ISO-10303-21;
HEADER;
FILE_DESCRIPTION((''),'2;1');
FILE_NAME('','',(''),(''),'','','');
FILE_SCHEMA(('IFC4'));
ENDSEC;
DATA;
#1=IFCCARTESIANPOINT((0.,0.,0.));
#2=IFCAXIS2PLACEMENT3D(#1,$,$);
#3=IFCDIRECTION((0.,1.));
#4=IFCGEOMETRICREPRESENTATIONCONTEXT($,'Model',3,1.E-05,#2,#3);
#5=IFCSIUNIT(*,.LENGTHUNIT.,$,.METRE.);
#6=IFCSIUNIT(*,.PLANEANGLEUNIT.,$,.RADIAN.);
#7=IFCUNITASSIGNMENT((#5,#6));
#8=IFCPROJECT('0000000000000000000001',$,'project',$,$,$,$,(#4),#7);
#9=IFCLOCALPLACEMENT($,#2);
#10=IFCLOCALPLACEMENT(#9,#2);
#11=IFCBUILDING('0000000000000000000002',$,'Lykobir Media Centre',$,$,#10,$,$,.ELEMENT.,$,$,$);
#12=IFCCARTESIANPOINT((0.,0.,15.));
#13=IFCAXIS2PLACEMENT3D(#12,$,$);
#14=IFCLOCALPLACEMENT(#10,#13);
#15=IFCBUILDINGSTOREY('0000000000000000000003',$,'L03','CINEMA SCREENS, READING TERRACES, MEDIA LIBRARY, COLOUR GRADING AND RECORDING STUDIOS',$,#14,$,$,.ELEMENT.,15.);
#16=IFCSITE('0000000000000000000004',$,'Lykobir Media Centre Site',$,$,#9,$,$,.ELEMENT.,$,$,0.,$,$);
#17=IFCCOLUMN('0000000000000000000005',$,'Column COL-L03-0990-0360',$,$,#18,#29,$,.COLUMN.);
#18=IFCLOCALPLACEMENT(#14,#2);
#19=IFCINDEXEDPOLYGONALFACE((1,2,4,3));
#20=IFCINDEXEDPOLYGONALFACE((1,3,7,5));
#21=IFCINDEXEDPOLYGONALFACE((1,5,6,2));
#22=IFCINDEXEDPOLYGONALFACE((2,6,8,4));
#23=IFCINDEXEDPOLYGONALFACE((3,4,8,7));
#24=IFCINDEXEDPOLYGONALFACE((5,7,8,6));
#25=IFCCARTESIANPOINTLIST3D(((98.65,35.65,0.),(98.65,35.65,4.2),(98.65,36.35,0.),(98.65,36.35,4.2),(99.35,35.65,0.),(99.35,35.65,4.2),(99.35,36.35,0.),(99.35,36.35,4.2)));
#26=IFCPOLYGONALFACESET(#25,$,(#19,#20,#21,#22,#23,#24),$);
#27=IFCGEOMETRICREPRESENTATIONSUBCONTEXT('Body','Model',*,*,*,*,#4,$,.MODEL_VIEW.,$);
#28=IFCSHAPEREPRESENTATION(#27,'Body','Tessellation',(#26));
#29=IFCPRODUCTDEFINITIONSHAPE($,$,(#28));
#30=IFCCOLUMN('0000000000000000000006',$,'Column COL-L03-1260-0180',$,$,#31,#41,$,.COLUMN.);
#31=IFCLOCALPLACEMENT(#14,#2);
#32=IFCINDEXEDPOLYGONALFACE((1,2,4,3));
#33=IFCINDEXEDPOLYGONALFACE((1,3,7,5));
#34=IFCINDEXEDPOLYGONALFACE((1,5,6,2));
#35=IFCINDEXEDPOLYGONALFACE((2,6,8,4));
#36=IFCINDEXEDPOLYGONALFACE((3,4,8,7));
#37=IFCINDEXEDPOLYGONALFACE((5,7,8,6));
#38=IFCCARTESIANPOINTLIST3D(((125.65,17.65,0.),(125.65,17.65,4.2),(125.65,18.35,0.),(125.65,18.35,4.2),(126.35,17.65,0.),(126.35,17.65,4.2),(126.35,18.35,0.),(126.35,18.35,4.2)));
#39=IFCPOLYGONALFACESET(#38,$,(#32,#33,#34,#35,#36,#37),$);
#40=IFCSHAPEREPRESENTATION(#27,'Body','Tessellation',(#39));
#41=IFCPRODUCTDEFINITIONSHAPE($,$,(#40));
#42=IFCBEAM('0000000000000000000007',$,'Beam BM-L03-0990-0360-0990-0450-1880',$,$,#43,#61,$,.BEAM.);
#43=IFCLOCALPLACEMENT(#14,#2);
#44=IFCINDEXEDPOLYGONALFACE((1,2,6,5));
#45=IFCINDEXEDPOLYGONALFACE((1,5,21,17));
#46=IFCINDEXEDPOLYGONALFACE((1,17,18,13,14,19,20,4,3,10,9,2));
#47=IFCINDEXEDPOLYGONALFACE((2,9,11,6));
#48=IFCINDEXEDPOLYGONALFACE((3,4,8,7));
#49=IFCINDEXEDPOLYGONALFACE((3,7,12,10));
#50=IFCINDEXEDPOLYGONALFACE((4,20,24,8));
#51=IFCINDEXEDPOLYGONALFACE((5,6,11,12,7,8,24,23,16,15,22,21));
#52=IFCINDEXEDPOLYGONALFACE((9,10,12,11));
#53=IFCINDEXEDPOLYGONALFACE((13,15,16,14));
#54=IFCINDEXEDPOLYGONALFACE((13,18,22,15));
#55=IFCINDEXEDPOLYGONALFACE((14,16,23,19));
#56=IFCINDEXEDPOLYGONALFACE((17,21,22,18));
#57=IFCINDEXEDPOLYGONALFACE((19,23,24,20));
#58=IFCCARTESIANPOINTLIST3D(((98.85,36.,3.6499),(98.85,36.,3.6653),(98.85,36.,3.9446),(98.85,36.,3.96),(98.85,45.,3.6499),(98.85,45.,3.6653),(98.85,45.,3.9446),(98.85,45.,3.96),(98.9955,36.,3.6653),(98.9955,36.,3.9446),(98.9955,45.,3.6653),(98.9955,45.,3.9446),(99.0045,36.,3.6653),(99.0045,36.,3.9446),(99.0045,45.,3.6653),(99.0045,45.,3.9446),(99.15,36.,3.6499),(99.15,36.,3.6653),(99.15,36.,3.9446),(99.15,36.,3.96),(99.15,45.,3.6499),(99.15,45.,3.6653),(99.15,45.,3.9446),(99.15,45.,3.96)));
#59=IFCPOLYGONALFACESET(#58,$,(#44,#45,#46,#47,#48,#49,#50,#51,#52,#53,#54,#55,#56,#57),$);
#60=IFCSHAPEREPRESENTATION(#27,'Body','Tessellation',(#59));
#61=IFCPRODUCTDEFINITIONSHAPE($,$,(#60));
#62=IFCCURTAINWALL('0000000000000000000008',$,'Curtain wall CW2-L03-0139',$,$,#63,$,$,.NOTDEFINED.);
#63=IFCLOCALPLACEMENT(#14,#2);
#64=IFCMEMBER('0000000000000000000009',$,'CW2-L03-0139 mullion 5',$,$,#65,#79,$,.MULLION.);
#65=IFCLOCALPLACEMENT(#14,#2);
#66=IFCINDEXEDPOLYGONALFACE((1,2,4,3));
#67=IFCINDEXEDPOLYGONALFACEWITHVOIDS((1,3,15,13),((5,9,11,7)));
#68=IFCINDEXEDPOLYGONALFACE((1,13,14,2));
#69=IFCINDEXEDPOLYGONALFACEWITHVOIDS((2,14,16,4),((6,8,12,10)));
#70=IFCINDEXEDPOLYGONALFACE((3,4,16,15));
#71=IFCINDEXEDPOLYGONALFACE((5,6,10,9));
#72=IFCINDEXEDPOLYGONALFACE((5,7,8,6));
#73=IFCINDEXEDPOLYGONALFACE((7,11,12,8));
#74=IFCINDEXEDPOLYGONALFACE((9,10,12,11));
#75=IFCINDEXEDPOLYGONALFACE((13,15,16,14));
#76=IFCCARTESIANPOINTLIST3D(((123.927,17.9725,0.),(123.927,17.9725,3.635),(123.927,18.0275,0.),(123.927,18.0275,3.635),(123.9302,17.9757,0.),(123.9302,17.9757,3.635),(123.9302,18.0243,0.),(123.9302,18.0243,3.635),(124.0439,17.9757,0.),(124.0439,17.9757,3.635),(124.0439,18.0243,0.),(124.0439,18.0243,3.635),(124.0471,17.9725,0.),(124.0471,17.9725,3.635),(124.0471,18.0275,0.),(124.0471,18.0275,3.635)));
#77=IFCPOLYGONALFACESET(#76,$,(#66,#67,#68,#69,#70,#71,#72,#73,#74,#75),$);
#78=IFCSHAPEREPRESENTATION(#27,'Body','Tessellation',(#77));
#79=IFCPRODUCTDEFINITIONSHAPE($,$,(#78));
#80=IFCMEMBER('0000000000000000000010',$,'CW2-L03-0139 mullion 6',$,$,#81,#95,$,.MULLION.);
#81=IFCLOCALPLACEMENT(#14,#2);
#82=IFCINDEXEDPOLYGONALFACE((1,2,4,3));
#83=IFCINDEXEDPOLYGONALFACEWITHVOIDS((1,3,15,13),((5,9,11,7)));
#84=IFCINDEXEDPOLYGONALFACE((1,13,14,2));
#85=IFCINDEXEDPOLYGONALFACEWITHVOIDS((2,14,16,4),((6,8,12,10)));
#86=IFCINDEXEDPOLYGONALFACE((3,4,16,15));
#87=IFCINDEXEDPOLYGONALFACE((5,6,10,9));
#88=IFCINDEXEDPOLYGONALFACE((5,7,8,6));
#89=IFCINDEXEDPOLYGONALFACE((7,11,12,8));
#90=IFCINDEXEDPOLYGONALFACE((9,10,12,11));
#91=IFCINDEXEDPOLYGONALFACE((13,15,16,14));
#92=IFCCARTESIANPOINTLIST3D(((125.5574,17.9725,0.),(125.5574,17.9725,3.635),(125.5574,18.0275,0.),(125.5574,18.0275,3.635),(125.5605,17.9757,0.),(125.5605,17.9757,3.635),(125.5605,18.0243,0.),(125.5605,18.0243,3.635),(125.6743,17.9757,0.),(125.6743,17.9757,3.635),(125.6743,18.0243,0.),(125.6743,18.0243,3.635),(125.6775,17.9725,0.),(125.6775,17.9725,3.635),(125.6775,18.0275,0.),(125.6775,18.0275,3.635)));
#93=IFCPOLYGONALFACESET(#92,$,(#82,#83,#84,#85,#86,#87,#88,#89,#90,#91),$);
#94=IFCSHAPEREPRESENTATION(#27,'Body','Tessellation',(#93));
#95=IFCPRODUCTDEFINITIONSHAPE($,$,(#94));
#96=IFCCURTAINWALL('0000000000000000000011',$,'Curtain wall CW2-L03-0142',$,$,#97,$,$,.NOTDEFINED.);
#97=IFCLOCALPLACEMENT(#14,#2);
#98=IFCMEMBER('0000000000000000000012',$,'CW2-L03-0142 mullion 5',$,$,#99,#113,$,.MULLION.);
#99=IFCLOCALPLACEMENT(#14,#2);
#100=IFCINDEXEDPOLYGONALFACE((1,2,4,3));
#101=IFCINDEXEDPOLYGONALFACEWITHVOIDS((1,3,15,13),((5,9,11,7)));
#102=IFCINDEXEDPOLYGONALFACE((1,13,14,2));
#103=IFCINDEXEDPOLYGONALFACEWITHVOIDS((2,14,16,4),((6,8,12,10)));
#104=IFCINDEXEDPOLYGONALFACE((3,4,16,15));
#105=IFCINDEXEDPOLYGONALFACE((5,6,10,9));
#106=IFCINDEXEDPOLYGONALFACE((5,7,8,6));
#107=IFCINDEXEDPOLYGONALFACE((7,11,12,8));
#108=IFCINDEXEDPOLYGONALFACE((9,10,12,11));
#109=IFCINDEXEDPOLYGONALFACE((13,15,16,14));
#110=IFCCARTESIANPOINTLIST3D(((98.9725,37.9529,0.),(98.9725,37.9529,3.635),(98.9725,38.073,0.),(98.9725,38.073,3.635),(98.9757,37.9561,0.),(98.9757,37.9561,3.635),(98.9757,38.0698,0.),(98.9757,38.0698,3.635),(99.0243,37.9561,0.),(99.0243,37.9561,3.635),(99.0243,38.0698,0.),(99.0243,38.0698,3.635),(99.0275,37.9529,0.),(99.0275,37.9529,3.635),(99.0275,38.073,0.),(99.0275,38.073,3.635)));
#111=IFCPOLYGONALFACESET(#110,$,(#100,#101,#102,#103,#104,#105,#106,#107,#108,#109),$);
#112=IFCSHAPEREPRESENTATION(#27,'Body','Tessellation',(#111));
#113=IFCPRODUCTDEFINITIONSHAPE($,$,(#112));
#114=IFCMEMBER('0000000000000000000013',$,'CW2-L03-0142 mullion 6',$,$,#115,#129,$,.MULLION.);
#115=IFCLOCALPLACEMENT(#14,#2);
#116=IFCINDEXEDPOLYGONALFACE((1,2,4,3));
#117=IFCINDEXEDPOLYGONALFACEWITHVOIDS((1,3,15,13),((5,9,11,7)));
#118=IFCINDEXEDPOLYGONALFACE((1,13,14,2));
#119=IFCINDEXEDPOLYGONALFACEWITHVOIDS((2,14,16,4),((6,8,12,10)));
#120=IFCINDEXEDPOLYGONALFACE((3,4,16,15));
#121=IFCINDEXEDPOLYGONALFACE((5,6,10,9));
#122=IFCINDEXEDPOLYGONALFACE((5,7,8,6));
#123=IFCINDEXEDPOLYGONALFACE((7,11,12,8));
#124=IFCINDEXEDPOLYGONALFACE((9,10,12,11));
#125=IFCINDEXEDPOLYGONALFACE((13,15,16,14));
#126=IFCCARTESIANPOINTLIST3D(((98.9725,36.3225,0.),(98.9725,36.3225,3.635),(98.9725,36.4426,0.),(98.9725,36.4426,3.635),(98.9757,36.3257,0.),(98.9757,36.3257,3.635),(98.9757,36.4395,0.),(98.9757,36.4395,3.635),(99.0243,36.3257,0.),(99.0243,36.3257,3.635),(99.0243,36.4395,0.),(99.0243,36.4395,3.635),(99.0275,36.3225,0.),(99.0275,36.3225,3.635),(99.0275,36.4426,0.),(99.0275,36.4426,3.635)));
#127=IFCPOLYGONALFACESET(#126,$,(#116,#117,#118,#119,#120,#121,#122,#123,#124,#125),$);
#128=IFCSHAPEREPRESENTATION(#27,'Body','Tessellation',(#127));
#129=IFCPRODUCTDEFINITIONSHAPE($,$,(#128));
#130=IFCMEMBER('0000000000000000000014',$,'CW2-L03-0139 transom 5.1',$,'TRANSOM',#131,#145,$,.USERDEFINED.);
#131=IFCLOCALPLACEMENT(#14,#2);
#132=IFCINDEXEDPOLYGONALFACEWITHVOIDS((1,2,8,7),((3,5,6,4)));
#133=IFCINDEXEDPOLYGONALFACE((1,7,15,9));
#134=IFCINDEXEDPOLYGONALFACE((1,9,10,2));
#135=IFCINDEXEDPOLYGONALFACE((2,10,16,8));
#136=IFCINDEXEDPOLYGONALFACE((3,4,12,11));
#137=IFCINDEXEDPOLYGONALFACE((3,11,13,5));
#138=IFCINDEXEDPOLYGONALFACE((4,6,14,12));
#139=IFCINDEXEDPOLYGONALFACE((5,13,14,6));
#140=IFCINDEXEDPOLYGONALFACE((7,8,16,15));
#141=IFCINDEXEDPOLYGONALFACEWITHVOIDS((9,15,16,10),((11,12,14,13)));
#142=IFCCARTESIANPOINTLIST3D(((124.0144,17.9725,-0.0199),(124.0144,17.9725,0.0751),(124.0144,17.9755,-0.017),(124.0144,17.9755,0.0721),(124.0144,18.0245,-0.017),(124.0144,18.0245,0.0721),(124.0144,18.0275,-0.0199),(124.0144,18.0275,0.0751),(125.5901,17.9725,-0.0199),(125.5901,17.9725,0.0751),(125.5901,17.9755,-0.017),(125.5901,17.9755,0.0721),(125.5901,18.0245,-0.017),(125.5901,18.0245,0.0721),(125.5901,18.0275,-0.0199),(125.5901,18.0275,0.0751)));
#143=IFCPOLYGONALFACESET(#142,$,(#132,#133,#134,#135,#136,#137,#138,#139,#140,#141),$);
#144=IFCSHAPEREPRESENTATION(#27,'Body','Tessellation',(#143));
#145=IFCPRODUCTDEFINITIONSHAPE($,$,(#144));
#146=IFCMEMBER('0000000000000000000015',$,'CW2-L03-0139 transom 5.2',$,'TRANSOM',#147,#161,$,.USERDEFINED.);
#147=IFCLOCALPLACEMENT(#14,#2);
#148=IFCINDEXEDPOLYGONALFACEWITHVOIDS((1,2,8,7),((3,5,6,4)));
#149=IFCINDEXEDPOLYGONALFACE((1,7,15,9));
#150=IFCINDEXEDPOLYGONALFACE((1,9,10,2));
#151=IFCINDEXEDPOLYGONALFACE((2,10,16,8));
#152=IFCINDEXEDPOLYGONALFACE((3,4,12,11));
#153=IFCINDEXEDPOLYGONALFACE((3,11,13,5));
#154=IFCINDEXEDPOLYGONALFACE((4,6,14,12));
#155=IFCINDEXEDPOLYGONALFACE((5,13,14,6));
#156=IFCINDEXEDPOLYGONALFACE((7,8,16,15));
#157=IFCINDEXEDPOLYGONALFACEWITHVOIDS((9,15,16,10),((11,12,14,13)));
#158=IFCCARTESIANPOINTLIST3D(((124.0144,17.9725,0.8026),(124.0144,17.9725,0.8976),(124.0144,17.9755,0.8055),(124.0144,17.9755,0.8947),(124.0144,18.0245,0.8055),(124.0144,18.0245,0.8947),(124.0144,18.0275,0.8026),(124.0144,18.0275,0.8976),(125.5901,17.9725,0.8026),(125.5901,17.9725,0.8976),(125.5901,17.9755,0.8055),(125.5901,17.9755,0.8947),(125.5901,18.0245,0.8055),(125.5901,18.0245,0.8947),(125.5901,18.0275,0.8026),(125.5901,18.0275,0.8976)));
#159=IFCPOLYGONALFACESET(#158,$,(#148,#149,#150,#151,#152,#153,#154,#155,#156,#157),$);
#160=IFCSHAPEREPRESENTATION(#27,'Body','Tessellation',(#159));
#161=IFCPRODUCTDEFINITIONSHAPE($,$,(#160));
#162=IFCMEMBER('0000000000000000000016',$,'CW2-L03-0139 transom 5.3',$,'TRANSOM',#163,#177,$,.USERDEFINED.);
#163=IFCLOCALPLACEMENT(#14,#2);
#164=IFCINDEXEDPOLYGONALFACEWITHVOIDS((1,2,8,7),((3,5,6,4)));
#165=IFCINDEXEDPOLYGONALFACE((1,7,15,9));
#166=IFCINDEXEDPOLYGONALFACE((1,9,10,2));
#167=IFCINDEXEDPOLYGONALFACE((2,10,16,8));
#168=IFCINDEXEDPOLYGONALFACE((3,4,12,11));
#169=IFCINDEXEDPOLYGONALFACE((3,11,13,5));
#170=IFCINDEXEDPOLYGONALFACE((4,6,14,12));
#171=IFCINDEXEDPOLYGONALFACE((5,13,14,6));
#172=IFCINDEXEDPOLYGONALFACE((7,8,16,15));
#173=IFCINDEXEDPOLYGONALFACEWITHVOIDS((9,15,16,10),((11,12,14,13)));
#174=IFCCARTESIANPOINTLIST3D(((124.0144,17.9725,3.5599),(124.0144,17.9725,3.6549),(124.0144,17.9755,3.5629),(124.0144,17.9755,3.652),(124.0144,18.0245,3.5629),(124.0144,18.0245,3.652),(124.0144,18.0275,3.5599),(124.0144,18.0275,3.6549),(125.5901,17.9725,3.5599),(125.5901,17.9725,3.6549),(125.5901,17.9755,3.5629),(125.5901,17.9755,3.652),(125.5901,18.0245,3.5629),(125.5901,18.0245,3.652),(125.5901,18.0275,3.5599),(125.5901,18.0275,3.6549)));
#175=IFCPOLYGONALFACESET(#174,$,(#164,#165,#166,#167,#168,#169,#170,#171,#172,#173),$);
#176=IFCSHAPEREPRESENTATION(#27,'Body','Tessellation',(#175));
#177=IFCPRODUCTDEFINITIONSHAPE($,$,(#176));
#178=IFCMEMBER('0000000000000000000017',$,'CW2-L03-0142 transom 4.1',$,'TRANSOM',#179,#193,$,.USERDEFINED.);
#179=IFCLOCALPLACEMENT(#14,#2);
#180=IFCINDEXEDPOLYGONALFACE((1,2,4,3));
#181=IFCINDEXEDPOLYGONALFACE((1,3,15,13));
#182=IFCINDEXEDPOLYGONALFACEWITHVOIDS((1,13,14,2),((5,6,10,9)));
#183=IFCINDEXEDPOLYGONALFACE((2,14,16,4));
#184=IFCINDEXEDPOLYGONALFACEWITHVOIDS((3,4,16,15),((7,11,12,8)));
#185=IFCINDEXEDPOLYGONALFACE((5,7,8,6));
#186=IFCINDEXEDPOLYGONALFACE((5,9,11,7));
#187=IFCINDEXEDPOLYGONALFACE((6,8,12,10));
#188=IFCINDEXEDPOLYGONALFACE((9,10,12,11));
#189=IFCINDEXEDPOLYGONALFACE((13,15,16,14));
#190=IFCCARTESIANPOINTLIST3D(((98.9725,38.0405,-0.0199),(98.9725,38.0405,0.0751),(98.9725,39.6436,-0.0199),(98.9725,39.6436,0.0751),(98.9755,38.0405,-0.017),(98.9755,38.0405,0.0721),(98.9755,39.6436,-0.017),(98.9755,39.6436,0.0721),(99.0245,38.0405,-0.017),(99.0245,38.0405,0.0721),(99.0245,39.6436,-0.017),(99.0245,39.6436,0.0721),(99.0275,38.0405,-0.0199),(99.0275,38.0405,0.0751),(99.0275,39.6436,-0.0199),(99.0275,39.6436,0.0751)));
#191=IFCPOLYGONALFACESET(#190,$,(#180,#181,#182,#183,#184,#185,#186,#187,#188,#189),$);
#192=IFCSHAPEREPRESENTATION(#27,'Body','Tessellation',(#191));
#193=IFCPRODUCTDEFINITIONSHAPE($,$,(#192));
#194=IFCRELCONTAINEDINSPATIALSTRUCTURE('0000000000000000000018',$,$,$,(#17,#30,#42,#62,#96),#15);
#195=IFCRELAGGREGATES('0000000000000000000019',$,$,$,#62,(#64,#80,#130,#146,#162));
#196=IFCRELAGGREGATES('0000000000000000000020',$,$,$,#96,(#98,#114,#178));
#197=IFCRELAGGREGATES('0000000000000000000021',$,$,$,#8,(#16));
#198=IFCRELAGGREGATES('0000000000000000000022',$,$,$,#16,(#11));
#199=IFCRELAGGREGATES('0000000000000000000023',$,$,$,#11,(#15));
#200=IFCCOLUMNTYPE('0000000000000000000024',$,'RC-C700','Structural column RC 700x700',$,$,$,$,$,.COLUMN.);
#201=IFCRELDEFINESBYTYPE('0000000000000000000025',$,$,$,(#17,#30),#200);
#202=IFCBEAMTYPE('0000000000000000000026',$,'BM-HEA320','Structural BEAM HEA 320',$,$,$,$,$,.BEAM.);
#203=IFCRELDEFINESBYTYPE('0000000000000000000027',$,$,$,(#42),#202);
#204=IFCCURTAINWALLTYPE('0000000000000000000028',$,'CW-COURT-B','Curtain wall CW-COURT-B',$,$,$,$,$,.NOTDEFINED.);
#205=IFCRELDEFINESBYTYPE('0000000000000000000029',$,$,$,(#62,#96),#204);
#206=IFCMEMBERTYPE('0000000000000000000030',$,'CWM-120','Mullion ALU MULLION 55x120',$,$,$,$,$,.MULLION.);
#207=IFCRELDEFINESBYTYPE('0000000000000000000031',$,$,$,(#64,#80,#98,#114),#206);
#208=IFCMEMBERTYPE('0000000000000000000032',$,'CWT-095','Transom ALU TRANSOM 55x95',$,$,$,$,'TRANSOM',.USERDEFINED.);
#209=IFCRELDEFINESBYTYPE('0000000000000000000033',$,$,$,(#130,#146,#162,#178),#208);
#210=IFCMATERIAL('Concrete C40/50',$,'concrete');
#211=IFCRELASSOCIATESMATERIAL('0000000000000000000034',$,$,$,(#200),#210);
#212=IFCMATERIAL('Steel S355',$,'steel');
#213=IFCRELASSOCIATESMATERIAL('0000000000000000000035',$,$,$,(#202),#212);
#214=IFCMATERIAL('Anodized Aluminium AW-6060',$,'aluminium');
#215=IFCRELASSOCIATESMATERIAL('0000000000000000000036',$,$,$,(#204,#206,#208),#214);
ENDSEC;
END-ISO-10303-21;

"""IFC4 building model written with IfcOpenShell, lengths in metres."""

from ifc_helpers import new_model, si_unit, direction, frame, origin, origin_2d, place, context, subcontext, project, spatial, rectangle, hollow_rectangle, i_section, extrude, material, material_profile, profile_set, type_object, element, aggregate, save


model = new_model("IFC4")

# Units and contexts
model_context = context("Model", 3, precision=1e-05, world=origin(), true_north=direction((0.0, 1.0)))
body_context = subcontext(model_context, "Body", "Model", "MODEL_VIEW")
ifc_project = project(units=[si_unit("LENGTHUNIT", "METRE"), si_unit("PLANEANGLEUNIT", "RADIAN")], contexts=[model_context])

# Site, building, storey
site_placement = place(None, origin())
site = spatial("IfcSite", under=ifc_project, at=site_placement, Name="Lykobir Media Centre Site", CompositionType="ELEMENT", RefElevation=0.0)
building_placement = place(site_placement, origin())
building = spatial("IfcBuilding", under=site, at=building_placement, Name="Lykobir Media Centre", CompositionType="ELEMENT")
storey_placement = place(building_placement, frame((0.0, 0.0, 15.0)))
storey = spatial("IfcBuildingStorey", under=building, at=storey_placement, Name="L03", Description="CINEMA SCREENS, READING TERRACES, MEDIA LIBRARY, COLOUR GRADING AND RECORDING STUDIOS", CompositionType="ELEMENT", Elevation=15.0)

# Columns
ifc_material_1 = material(Name="Concrete C40/50", Category="concrete")
ifc_material_profile_1 = material_profile(ifc_material_1, rectangle(XDim=0.7, YDim=0.7, at=origin_2d()), Name="RC 700x700")
ifc_profile_set_1 = profile_set([ifc_material_profile_1], Name="Concrete C40/50")
column_type = type_object("IfcColumnType", Name="RC-C700", Description="Structural column RC 700x700", PredefinedType="COLUMN", material=ifc_profile_set_1)
for number, where, z_axis, x_axis, name in (
    (1, (99.0, 36.0, 0.0), (0.0, 0.0, 1.0), (1.0, 0.0, 0.0), "Column COL-L03-0990-0360"),
    (2, (126.0, 18.0, 0.0), (0.0, 0.0, 1.0), (1.0, 0.0, 0.0), "Column COL-L03-1260-0180"),
):
    element("IfcColumn", number, at=place(storey_placement, frame(where, z_axis=z_axis, x_axis=x_axis)), inside=storey, type_object=column_type, Name=name, PredefinedType="COLUMN", context=body_context, shape_type="SweptSolid", body=[
        extrude(rectangle(XDim=0.7, YDim=0.7, at=origin_2d()), origin(), (0.0, 0.0, 1.0), 4.2),
    ])

# Beam
ifc_material_2 = material(Name="Steel S355", Category="steel")
ifc_material_profile_2 = material_profile(ifc_material_2, i_section(OverallWidth=0.3, OverallDepth=0.3101, WebThickness=0.009, FlangeThickness=0.0154, at=origin_2d()), Name="HEA 320")
ifc_profile_set_2 = profile_set([ifc_material_profile_2], Name="Steel S355")
beam_type = type_object("IfcBeamType", Name="BM-HEA320", Description="Structural BEAM HEA 320", PredefinedType="BEAM", material=ifc_profile_set_2)
beam_placement = place(storey_placement, frame((99.0, 36.0, 3.8049), z_axis=(0.0, 1.0, 0.0), x_axis=(-1.0, 0.0, 0.0)))
element("IfcBeam", 3, at=beam_placement, inside=storey, type_object=beam_type, Name="Beam BM-L03-0990-0360-0990-0450-1880", PredefinedType="BEAM", context=body_context, shape_type="SweptSolid", body=[
    extrude(i_section(OverallWidth=0.3, OverallDepth=0.3101, WebThickness=0.009, FlangeThickness=0.0154, at=origin_2d()), origin(), (0.0, 0.0, 1.0), 9.0),
])

# Curtain walls, members
ifc_material_3 = material(Name="Anodized Aluminium AW-6060", Category="aluminium")
curtain_wall_type = type_object("IfcCurtainWallType", Name="CW-COURT-B", Description="Curtain wall CW-COURT-B", PredefinedType="NOTDEFINED", material=ifc_material_3)
curtain_wall_1_placement = place(storey_placement, origin())
curtain_wall_1 = element("IfcCurtainWall", 4, at=curtain_wall_1_placement, inside=storey, type_object=curtain_wall_type, Name="Curtain wall CW2-L03-0139", PredefinedType="NOTDEFINED")
ifc_material_profile_3 = material_profile(ifc_material_3, hollow_rectangle(XDim=0.0549, YDim=0.1201, WallThickness=0.0032, at=origin_2d()), Name="ALU MULLION 55x120")
ifc_profile_set_3 = profile_set([ifc_material_profile_3], Name="Anodized Aluminium AW-6060")
member_type_1 = type_object("IfcMemberType", Name="CWM-120", Description="Mullion ALU MULLION 55x120", PredefinedType="MULLION", material=ifc_profile_set_3)
member_1_placement = place(storey_placement, frame((123.9871, 18.0, 0.0), z_axis=(0.0, 0.0, 1.0), x_axis=(0.0, 1.0, 0.0)))
member_1 = element("IfcMember", 5, at=member_1_placement, type_object=member_type_1, Name="CW2-L03-0139 mullion 5", PredefinedType="MULLION", context=body_context, shape_type="SweptSolid", body=[
    extrude(hollow_rectangle(XDim=0.0549, YDim=0.1201, WallThickness=0.0032, at=origin_2d()), origin(), (0.0, 0.0, 1.0), 3.635),
])
member_2_placement = place(storey_placement, frame((125.6174, 18.0, 0.0), z_axis=(0.0, 0.0, 1.0), x_axis=(0.0, 1.0, 0.0)))
member_2 = element("IfcMember", 6, at=member_2_placement, type_object=member_type_1, Name="CW2-L03-0139 mullion 6", PredefinedType="MULLION", context=body_context, shape_type="SweptSolid", body=[
    extrude(hollow_rectangle(XDim=0.0549, YDim=0.1201, WallThickness=0.0032, at=origin_2d()), origin(), (0.0, 0.0, 1.0), 3.635),
])
curtain_wall_2_placement = place(storey_placement, origin())
curtain_wall_2 = element("IfcCurtainWall", 7, at=curtain_wall_2_placement, inside=storey, type_object=curtain_wall_type, Name="Curtain wall CW2-L03-0142", PredefinedType="NOTDEFINED")
member_3_placement = place(storey_placement, frame((99.0, 38.0129, 0.0), z_axis=(0.0, 0.0, 1.0), x_axis=(1.0, 0.0, 0.0)))
member_3 = element("IfcMember", 8, at=member_3_placement, type_object=member_type_1, Name="CW2-L03-0142 mullion 5", PredefinedType="MULLION", context=body_context, shape_type="SweptSolid", body=[
    extrude(hollow_rectangle(XDim=0.0549, YDim=0.1201, WallThickness=0.0032, at=origin_2d()), origin(), (0.0, 0.0, 1.0), 3.635),
])
member_4_placement = place(storey_placement, frame((99.0, 36.3826, 0.0), z_axis=(0.0, 0.0, 1.0), x_axis=(1.0, 0.0, 0.0)))
member_4 = element("IfcMember", 9, at=member_4_placement, type_object=member_type_1, Name="CW2-L03-0142 mullion 6", PredefinedType="MULLION", context=body_context, shape_type="SweptSolid", body=[
    extrude(hollow_rectangle(XDim=0.0549, YDim=0.1201, WallThickness=0.0032, at=origin_2d()), origin(), (0.0, 0.0, 1.0), 3.635),
])

# Members
ifc_material_profile_4 = material_profile(ifc_material_3, hollow_rectangle(XDim=0.0549, YDim=0.095, WallThickness=0.0029, at=origin_2d()), Name="ALU TRANSOM 55x95")
ifc_profile_set_4 = profile_set([ifc_material_profile_4], Name="Anodized Aluminium AW-6060")
member_type_2 = type_object("IfcMemberType", Name="CWT-095", Description="Transom ALU TRANSOM 55x95", ElementType="TRANSOM", PredefinedType="USERDEFINED", material=ifc_profile_set_4)
member_5_placement = place(storey_placement, frame((124.0144, 18.0, 0.0276), z_axis=(1.0, 0.0, 0.0), x_axis=(0.0, 1.0, 0.0)))
member_5 = element("IfcMember", 10, at=member_5_placement, type_object=member_type_2, Name="CW2-L03-0139 transom 5.1", ObjectType="TRANSOM", PredefinedType="USERDEFINED", context=body_context, shape_type="SweptSolid", body=[
    extrude(hollow_rectangle(XDim=0.0549, YDim=0.095, WallThickness=0.0029, at=origin_2d()), origin(), (0.0, 0.0, 1.0), 1.5757),
])
member_6_placement = place(storey_placement, frame((124.0144, 18.0, 0.8501), z_axis=(1.0, 0.0, 0.0), x_axis=(0.0, 1.0, 0.0)))
member_6 = element("IfcMember", 11, at=member_6_placement, type_object=member_type_2, Name="CW2-L03-0139 transom 5.2", ObjectType="TRANSOM", PredefinedType="USERDEFINED", context=body_context, shape_type="SweptSolid", body=[
    extrude(hollow_rectangle(XDim=0.0549, YDim=0.095, WallThickness=0.0029, at=origin_2d()), origin(), (0.0, 0.0, 1.0), 1.5757),
])
member_7_placement = place(storey_placement, frame((124.0144, 18.0, 3.6074), z_axis=(1.0, 0.0, 0.0), x_axis=(0.0, 1.0, 0.0)))
member_7 = element("IfcMember", 12, at=member_7_placement, type_object=member_type_2, Name="CW2-L03-0139 transom 5.3", ObjectType="TRANSOM", PredefinedType="USERDEFINED", context=body_context, shape_type="SweptSolid", body=[
    extrude(hollow_rectangle(XDim=0.0549, YDim=0.095, WallThickness=0.0029, at=origin_2d()), origin(), (0.0, 0.0, 1.0), 1.5757),
])
member_8_placement = place(storey_placement, frame((99.0, 39.6436, 0.0276), z_axis=(0.0, -1.0, 0.0), x_axis=(1.0, 0.0, 0.0)))
member_8 = element("IfcMember", 13, at=member_8_placement, type_object=member_type_2, Name="CW2-L03-0142 transom 4.1", ObjectType="TRANSOM", PredefinedType="USERDEFINED", context=body_context, shape_type="SweptSolid", body=[
    extrude(hollow_rectangle(XDim=0.0549, YDim=0.095, WallThickness=0.0029, at=origin_2d()), origin(), (0.0, 0.0, 1.0), 1.603),
])

aggregate(curtain_wall_1, [member_1, member_2, member_5, member_6, member_7])
aggregate(curtain_wall_2, [member_3, member_4, member_8])

save(model, "model.ifc")
